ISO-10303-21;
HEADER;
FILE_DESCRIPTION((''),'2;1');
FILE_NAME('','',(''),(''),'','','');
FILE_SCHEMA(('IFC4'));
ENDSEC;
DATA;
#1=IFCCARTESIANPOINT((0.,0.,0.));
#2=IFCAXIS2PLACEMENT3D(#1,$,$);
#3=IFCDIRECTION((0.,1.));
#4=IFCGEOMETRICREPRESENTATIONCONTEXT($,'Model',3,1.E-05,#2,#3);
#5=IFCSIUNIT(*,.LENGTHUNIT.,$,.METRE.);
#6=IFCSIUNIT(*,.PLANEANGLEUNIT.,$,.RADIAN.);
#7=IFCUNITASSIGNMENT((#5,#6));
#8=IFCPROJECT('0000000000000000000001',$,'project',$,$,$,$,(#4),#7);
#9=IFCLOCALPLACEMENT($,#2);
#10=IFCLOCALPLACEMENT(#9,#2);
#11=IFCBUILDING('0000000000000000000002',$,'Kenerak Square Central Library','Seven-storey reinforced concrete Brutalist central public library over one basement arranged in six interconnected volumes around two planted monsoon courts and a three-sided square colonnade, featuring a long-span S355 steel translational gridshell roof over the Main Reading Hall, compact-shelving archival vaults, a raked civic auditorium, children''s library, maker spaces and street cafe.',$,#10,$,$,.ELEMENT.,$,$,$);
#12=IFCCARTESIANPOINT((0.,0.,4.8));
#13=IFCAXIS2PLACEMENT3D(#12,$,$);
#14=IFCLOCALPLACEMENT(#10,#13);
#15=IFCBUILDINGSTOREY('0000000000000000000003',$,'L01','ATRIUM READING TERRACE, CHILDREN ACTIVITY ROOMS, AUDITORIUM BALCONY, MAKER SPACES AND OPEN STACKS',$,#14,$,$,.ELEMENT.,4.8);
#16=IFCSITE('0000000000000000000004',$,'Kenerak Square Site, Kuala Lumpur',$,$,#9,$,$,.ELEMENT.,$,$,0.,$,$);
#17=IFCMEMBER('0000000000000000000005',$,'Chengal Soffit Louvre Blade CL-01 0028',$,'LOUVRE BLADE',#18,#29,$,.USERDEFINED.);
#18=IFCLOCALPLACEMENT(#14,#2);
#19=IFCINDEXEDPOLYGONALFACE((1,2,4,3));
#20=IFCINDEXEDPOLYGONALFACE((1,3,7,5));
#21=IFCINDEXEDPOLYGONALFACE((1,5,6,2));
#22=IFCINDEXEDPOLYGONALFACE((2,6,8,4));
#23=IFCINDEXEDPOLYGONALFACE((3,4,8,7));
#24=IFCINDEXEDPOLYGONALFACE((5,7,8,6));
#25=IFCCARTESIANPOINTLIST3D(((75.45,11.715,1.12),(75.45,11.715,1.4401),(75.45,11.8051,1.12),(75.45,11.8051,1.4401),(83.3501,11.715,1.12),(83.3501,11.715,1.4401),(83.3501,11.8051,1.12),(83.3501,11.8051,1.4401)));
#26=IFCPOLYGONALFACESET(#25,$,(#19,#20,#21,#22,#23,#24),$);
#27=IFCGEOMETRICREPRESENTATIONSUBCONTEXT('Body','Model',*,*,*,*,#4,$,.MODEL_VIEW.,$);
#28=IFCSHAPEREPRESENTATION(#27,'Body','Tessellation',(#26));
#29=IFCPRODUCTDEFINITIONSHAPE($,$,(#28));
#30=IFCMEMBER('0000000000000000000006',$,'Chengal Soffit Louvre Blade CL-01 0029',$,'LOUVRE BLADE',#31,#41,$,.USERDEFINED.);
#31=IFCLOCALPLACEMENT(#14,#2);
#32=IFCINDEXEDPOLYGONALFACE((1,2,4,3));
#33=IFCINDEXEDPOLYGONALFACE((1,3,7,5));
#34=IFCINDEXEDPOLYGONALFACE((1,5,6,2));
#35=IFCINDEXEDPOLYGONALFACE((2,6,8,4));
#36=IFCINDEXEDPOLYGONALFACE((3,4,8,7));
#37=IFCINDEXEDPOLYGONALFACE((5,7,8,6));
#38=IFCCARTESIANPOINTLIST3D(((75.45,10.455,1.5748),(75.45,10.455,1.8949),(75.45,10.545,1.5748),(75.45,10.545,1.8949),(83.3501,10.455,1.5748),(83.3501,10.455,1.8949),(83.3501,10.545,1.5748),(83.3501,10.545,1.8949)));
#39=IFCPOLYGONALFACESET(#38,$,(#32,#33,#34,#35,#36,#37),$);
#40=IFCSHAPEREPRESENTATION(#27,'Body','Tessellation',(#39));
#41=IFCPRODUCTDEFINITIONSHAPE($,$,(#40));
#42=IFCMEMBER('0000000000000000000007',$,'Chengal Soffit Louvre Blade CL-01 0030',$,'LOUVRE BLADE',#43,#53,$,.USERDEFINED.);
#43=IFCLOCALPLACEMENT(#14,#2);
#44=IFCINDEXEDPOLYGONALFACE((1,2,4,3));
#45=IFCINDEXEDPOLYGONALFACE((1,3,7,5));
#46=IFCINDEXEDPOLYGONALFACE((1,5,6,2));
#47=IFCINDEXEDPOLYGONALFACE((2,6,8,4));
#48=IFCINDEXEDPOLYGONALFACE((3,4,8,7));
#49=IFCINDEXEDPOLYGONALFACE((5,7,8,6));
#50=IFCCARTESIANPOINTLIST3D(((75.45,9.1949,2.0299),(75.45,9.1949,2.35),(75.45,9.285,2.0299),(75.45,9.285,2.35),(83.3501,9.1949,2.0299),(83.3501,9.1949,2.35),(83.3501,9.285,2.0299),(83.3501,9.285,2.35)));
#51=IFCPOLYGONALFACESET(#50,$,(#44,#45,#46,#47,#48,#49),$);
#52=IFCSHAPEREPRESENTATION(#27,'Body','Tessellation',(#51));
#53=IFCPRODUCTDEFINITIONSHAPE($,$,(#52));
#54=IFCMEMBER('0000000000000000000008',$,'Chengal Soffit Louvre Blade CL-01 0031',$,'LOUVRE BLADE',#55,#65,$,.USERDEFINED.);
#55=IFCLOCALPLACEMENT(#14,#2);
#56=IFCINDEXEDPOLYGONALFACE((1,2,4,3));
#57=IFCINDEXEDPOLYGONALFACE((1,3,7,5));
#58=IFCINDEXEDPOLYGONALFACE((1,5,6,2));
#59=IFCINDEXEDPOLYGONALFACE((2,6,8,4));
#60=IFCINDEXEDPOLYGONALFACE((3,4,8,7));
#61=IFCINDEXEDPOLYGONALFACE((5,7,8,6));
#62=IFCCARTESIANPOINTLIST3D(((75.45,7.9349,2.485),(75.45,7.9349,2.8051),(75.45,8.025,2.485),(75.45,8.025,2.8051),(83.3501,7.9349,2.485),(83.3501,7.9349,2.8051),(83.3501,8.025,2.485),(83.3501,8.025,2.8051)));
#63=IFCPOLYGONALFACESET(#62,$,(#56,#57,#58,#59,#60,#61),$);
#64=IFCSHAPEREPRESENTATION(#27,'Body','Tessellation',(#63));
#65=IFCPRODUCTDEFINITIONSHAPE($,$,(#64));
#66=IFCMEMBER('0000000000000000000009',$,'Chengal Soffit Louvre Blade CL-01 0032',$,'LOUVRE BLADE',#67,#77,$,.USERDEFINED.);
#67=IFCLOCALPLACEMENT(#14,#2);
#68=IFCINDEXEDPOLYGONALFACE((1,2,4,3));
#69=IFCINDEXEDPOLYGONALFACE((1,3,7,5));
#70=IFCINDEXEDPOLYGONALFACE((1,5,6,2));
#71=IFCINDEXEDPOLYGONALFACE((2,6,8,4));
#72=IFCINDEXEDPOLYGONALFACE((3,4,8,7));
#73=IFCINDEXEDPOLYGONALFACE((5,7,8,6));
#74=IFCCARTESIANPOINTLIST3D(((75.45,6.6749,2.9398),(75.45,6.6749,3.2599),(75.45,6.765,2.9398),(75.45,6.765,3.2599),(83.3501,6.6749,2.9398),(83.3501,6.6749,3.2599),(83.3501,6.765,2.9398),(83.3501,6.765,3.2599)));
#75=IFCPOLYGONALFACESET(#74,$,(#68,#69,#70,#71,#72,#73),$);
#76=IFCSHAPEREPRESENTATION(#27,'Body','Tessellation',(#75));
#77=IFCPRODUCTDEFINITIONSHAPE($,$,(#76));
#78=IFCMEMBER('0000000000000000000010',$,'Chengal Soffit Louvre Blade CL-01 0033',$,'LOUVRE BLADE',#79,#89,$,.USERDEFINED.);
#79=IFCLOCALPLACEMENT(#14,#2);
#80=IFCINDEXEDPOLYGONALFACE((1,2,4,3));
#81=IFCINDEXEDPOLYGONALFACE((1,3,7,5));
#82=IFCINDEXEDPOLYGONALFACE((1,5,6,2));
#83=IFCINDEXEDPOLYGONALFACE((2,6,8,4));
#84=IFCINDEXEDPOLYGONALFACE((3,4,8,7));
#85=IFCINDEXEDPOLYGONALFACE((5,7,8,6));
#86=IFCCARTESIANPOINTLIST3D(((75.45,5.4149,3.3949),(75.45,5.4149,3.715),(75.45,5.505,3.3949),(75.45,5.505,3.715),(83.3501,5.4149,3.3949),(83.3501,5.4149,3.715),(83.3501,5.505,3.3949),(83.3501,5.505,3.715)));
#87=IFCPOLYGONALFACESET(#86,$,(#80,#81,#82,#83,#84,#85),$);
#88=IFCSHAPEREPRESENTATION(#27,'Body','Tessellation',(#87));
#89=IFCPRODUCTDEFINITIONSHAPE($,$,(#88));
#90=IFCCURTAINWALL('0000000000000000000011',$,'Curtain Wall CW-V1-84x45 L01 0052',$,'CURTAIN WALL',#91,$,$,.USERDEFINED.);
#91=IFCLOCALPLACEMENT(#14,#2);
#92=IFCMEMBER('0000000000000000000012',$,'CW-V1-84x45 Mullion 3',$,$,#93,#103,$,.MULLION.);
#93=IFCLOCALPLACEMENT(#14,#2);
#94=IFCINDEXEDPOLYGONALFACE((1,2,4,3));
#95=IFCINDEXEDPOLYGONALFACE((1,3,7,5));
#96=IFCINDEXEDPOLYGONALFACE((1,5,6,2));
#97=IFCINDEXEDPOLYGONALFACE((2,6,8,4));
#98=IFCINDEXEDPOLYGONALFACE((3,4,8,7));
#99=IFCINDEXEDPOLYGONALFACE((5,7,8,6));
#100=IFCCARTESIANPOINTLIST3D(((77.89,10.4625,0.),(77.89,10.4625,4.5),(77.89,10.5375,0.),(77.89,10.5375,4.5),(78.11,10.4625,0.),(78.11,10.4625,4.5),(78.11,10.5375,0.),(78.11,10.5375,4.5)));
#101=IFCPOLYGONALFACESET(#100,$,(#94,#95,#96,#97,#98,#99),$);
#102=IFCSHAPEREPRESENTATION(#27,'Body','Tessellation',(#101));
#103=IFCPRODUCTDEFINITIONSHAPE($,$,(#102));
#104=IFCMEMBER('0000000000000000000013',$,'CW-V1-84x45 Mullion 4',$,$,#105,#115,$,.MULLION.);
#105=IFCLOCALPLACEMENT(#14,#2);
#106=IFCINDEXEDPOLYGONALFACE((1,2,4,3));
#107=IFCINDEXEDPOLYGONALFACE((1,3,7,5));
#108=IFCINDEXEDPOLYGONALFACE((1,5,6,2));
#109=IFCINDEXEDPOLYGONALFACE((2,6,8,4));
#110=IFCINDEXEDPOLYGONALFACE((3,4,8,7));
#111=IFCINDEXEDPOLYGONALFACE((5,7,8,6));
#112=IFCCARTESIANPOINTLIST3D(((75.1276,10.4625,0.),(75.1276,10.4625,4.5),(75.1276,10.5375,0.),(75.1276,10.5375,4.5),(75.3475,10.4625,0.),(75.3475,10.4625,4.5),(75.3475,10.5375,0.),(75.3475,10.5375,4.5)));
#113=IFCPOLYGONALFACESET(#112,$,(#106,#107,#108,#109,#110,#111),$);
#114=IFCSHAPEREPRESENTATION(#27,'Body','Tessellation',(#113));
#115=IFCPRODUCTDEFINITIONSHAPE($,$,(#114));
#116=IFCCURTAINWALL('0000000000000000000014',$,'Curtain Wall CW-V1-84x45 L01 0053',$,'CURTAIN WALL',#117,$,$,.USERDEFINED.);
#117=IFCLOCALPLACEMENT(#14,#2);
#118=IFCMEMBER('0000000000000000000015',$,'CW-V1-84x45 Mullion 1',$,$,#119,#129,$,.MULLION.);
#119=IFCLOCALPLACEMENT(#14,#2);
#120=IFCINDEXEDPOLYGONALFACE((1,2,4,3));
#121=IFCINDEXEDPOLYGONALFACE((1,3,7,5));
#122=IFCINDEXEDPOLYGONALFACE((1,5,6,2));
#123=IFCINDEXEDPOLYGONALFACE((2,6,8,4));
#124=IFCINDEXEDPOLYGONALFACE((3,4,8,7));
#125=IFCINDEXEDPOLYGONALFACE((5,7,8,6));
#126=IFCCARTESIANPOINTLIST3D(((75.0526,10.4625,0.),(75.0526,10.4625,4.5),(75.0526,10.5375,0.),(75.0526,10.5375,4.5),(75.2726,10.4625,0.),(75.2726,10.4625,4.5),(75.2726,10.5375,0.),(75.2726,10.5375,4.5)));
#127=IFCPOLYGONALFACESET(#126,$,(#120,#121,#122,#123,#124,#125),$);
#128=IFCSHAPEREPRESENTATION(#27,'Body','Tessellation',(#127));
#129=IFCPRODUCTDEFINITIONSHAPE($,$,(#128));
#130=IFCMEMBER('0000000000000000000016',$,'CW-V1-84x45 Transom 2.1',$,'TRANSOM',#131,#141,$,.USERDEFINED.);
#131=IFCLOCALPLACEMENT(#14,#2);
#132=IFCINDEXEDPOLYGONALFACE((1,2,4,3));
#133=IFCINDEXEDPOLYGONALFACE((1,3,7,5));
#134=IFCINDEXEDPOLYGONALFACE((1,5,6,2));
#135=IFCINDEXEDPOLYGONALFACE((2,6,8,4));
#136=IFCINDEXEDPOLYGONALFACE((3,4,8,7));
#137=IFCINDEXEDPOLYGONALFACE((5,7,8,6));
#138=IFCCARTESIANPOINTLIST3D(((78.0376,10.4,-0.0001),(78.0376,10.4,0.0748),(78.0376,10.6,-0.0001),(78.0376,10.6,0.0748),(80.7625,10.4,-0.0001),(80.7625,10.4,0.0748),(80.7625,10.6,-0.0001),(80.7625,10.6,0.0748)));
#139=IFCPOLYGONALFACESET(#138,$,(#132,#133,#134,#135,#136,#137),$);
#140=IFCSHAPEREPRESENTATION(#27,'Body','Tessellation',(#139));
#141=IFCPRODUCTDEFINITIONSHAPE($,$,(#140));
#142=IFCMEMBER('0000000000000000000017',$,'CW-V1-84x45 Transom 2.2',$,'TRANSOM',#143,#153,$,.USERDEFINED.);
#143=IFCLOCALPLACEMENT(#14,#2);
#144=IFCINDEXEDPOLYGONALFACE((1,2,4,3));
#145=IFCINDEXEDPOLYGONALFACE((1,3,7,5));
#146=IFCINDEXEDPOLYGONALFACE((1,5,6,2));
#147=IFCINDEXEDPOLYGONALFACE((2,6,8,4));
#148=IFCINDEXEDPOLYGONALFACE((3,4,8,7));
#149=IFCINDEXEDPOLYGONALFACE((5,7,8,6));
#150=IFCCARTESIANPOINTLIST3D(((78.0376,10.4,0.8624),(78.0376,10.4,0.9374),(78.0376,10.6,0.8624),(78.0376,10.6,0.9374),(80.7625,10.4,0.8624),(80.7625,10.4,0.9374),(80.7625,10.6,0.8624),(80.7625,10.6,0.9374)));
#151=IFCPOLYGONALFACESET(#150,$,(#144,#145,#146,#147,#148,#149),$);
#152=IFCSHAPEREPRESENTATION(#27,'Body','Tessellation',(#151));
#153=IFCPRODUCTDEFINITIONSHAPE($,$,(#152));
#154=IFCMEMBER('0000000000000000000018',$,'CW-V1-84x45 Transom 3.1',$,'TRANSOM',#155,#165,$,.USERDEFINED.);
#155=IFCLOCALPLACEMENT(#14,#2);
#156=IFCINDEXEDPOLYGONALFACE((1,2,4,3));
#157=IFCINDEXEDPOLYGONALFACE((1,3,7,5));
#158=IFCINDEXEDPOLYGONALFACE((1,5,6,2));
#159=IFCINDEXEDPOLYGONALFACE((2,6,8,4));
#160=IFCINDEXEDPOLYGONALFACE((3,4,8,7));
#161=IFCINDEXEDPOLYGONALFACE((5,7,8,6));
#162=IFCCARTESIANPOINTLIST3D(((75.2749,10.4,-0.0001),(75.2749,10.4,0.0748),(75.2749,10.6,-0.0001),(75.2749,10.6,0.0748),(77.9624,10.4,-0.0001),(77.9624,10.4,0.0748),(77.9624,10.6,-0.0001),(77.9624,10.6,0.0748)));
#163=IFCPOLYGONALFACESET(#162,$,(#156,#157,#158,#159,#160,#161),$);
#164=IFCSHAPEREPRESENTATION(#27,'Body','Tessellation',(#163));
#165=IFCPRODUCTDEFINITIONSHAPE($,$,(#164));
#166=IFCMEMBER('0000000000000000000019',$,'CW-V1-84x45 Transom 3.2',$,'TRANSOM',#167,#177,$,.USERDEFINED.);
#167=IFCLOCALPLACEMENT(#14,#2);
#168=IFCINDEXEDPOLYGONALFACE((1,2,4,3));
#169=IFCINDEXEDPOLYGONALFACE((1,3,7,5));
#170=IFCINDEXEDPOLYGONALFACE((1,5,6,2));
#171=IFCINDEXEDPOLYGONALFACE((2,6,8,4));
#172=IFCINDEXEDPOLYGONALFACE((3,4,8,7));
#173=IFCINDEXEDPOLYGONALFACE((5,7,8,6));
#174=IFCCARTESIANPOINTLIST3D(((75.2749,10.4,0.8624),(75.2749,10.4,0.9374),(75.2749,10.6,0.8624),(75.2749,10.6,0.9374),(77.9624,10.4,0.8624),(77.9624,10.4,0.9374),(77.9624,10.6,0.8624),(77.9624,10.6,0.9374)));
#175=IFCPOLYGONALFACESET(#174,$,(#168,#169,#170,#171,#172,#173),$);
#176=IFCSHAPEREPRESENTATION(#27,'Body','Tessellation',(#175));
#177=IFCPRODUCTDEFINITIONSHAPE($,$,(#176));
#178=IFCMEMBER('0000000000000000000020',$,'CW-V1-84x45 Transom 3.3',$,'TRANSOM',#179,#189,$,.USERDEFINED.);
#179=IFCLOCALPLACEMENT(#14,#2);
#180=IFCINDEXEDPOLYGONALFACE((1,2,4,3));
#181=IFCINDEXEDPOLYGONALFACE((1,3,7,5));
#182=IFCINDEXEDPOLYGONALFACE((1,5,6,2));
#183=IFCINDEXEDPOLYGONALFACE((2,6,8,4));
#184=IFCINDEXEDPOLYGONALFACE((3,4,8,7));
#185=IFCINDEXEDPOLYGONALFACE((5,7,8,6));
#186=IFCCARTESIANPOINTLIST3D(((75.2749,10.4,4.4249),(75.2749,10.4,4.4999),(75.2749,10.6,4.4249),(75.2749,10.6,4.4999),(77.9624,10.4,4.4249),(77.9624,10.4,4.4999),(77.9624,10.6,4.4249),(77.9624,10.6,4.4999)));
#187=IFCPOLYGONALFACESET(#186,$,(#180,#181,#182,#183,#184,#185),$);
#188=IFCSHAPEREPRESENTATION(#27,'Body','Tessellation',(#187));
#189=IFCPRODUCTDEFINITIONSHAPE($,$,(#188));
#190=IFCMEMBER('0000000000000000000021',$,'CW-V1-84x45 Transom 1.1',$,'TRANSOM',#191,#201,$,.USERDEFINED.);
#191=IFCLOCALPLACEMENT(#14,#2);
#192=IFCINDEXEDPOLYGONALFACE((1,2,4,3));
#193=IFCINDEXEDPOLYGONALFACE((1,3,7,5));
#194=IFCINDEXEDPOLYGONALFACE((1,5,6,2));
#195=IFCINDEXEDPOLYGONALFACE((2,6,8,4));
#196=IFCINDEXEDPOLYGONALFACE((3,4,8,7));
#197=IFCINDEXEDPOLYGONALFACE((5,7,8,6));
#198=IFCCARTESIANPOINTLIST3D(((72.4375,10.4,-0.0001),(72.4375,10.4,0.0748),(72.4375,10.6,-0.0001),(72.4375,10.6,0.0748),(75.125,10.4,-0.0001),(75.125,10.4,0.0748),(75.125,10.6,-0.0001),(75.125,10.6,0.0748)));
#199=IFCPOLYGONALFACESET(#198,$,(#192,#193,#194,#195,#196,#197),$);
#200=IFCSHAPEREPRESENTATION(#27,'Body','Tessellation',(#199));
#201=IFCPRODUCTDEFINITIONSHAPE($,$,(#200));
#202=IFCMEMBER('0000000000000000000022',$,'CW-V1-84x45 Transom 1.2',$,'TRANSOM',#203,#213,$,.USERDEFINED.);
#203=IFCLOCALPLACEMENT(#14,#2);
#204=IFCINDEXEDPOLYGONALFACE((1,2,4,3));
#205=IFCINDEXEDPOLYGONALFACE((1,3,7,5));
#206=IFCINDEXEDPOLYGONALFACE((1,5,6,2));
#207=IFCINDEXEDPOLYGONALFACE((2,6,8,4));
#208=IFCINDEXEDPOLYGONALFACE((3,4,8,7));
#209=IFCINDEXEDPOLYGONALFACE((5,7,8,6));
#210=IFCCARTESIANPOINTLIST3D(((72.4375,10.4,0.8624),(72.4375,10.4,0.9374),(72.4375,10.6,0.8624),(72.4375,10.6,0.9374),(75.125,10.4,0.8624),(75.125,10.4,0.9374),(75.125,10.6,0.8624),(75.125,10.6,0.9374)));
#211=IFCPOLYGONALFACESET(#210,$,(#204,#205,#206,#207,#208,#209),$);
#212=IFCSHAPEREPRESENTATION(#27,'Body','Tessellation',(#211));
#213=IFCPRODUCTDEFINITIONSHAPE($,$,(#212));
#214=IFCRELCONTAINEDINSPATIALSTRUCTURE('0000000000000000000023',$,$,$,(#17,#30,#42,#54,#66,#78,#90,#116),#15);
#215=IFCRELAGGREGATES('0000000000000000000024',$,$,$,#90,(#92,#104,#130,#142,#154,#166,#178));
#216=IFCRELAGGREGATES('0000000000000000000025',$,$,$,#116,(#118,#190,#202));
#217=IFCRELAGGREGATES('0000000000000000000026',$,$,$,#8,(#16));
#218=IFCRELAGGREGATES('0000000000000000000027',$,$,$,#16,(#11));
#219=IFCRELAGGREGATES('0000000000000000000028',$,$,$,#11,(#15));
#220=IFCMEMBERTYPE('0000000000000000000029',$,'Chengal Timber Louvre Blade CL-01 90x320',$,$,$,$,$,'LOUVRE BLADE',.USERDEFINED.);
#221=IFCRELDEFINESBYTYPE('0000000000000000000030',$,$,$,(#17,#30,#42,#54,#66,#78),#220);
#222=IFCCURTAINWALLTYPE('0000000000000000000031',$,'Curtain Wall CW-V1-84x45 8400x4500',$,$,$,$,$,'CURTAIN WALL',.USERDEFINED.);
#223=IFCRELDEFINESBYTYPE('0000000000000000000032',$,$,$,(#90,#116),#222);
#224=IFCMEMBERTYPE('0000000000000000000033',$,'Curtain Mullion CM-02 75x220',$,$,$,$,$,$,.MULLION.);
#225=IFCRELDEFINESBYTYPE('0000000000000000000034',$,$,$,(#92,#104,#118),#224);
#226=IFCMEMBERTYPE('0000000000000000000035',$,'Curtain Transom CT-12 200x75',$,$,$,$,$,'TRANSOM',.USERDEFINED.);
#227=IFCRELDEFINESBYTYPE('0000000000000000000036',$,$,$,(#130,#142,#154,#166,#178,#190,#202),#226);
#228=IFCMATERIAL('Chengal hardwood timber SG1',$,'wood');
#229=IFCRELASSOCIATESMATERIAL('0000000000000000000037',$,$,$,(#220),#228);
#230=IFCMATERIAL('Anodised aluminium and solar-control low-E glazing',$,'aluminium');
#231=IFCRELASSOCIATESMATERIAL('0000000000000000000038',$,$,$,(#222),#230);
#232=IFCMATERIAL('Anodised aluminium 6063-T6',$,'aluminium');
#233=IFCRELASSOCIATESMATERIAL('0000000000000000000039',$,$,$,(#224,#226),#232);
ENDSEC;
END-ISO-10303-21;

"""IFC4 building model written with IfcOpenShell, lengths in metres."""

from ifc_helpers import new_model, si_unit, direction, frame, origin, origin_2d, place, context, subcontext, project, spatial, rectangle, extrude, material, material_profile, profile_set, type_object, element, aggregate, save


model = new_model("IFC4")

# Units and contexts
model_context = context("Model", 3, precision=1e-05, world=origin(), true_north=direction((0.0, 1.0)))
body_context = subcontext(model_context, "Body", "Model", "MODEL_VIEW")
ifc_project = project(units=[si_unit("LENGTHUNIT", "METRE"), si_unit("PLANEANGLEUNIT", "RADIAN")], contexts=[model_context])

# Site, building, storey
site_placement = place(None, origin())
site = spatial("IfcSite", under=ifc_project, at=site_placement, Name="Kenerak Square Site, Kuala Lumpur", CompositionType="ELEMENT", RefElevation=0.0)
building_placement = place(site_placement, origin())
building = spatial("IfcBuilding", under=site, at=building_placement, Name="Kenerak Square Central Library", Description="Seven-storey reinforced concrete Brutalist central public library over one basement arranged in six interconnected volumes around two planted monsoon courts and a three-sided square colonnade, featuring a long-span S355 steel translational gridshell roof over the Main Reading Hall, compact-shelving archival vaults, a raked civic auditorium, children's library, maker spaces and street cafe.", CompositionType="ELEMENT")
storey_placement = place(building_placement, frame((0.0, 0.0, 4.8)))
storey = spatial("IfcBuildingStorey", under=building, at=storey_placement, Name="L01", Description="ATRIUM READING TERRACE, CHILDREN ACTIVITY ROOMS, AUDITORIUM BALCONY, MAKER SPACES AND OPEN STACKS", CompositionType="ELEMENT", Elevation=4.8)

# Members
ifc_material_1 = material(Name="Chengal hardwood timber SG1", Category="wood")
ifc_material_profile_1 = material_profile(ifc_material_1, rectangle(XDim=0.0901, YDim=0.3201, at=origin_2d()), Name="CHENGAL 90x320")
ifc_profile_set_1 = profile_set([ifc_material_profile_1], Name="Chengal hardwood timber SG1")
member_type_1 = type_object("IfcMemberType", Name="Chengal Timber Louvre Blade CL-01 90x320", ElementType="LOUVRE BLADE", PredefinedType="USERDEFINED", material=ifc_profile_set_1)
for number, where, z_axis, x_axis, name in (
    (1, (75.45, 11.76, 1.28), (1.0, 0.0, 0.0), (0.0, 1.0, 0.0), "Chengal Soffit Louvre Blade CL-01 0028"),
    (2, (75.45, 10.5, 1.7349), (1.0, 0.0, 0.0), (0.0, 1.0, 0.0), "Chengal Soffit Louvre Blade CL-01 0029"),
    (3, (75.45, 9.24, 2.1899), (1.0, 0.0, 0.0), (0.0, 1.0, 0.0), "Chengal Soffit Louvre Blade CL-01 0030"),
    (4, (75.45, 7.98, 2.645), (1.0, 0.0, 0.0), (0.0, 1.0, 0.0), "Chengal Soffit Louvre Blade CL-01 0031"),
    (5, (75.45, 6.72, 3.0999), (1.0, 0.0, 0.0), (0.0, 1.0, 0.0), "Chengal Soffit Louvre Blade CL-01 0032"),
    (6, (75.45, 5.46, 3.5549), (1.0, 0.0, 0.0), (0.0, 1.0, 0.0), "Chengal Soffit Louvre Blade CL-01 0033"),
):
    element("IfcMember", number, at=place(storey_placement, frame(where, z_axis=z_axis, x_axis=x_axis)), inside=storey, type_object=member_type_1, Name=name, ObjectType="LOUVRE BLADE", PredefinedType="USERDEFINED", context=body_context, shape_type="SweptSolid", body=[
        extrude(rectangle(XDim=0.0901, YDim=0.3201, at=origin_2d()), origin(), (0.0, 0.0, 1.0), 7.9001),
    ])

# Curtain wall, members
ifc_material_2 = material(Name="Anodised aluminium and solar-control low-E glazing", Category="aluminium")
curtain_wall_type = type_object("IfcCurtainWallType", Name="Curtain Wall CW-V1-84x45 8400x4500", ElementType="CURTAIN WALL", PredefinedType="USERDEFINED", material=ifc_material_2)
curtain_wall_1_placement = place(storey_placement, origin())
curtain_wall_1 = element("IfcCurtainWall", 7, at=curtain_wall_1_placement, inside=storey, type_object=curtain_wall_type, Name="Curtain Wall CW-V1-84x45 L01 0052", ObjectType="CURTAIN WALL", PredefinedType="USERDEFINED")
ifc_material_3 = material(Name="Anodised aluminium 6063-T6", Category="aluminium")
ifc_material_profile_2 = material_profile(ifc_material_3, rectangle(XDim=0.075, YDim=0.22, at=origin_2d()), Name="AL MULLION 75x220")
ifc_profile_set_2 = profile_set([ifc_material_profile_2], Name="Anodised aluminium 6063-T6")
member_type_2 = type_object("IfcMemberType", Name="Curtain Mullion CM-02 75x220", PredefinedType="MULLION", material=ifc_profile_set_2)
member_1_placement = place(storey_placement, frame((78.0, 10.5, 0.0), z_axis=(0.0, 0.0, 1.0), x_axis=(0.0, -1.0, 0.0)))
member_1 = element("IfcMember", 8, at=member_1_placement, type_object=member_type_2, Name="CW-V1-84x45 Mullion 3", PredefinedType="MULLION", context=body_context, shape_type="SweptSolid", body=[
    extrude(rectangle(XDim=0.075, YDim=0.22, at=origin_2d()), origin(), (0.0, 0.0, 1.0), 4.5),
])
member_2_placement = place(storey_placement, frame((75.2375, 10.5, 0.0), z_axis=(0.0, 0.0, 1.0), x_axis=(0.0, -1.0, 0.0)))
member_2 = element("IfcMember", 9, at=member_2_placement, type_object=member_type_2, Name="CW-V1-84x45 Mullion 4", PredefinedType="MULLION", context=body_context, shape_type="SweptSolid", body=[
    extrude(rectangle(XDim=0.075, YDim=0.22, at=origin_2d()), origin(), (0.0, 0.0, 1.0), 4.5),
])

# Curtain wall, member
curtain_wall_2_placement = place(storey_placement, origin())
curtain_wall_2 = element("IfcCurtainWall", 10, at=curtain_wall_2_placement, inside=storey, type_object=curtain_wall_type, Name="Curtain Wall CW-V1-84x45 L01 0053", ObjectType="CURTAIN WALL", PredefinedType="USERDEFINED")
member_3_placement = place(storey_placement, frame((75.1626, 10.5, 0.0), z_axis=(0.0, 0.0, 1.0), x_axis=(0.0, -1.0, 0.0)))
member_3 = element("IfcMember", 11, at=member_3_placement, type_object=member_type_2, Name="CW-V1-84x45 Mullion 1", PredefinedType="MULLION", context=body_context, shape_type="SweptSolid", body=[
    extrude(rectangle(XDim=0.075, YDim=0.22, at=origin_2d()), origin(), (0.0, 0.0, 1.0), 4.5),
])

# Members
ifc_material_profile_3 = material_profile(ifc_material_3, rectangle(XDim=0.2, YDim=0.075, at=origin_2d()), Name="AL TRANSOM 200x75")
ifc_profile_set_3 = profile_set([ifc_material_profile_3], Name="Anodised aluminium 6063-T6")
member_type_3 = type_object("IfcMemberType", Name="Curtain Transom CT-12 200x75", ElementType="TRANSOM", PredefinedType="USERDEFINED", material=ifc_profile_set_3)
member_4_placement = place(storey_placement, frame((80.7625, 10.5, 0.0374), z_axis=(-1.0, 0.0, 0.0), x_axis=(0.0, -1.0, 0.0)))
member_4 = element("IfcMember", 12, at=member_4_placement, type_object=member_type_3, Name="CW-V1-84x45 Transom 2.1", ObjectType="TRANSOM", PredefinedType="USERDEFINED", context=body_context, shape_type="SweptSolid", body=[
    extrude(rectangle(XDim=0.2, YDim=0.075, at=origin_2d()), origin(), (0.0, 0.0, 1.0), 2.7249),
])
member_5_placement = place(storey_placement, frame((80.7625, 10.5, 0.8999), z_axis=(-1.0, 0.0, 0.0), x_axis=(0.0, -1.0, 0.0)))
member_5 = element("IfcMember", 13, at=member_5_placement, type_object=member_type_3, Name="CW-V1-84x45 Transom 2.2", ObjectType="TRANSOM", PredefinedType="USERDEFINED", context=body_context, shape_type="SweptSolid", body=[
    extrude(rectangle(XDim=0.2, YDim=0.075, at=origin_2d()), origin(), (0.0, 0.0, 1.0), 2.7249),
])
member_6_placement = place(storey_placement, frame((77.9624, 10.5, 0.0374), z_axis=(-1.0, 0.0, 0.0), x_axis=(0.0, -1.0, 0.0)))
member_6 = element("IfcMember", 14, at=member_6_placement, type_object=member_type_3, Name="CW-V1-84x45 Transom 3.1", ObjectType="TRANSOM", PredefinedType="USERDEFINED", context=body_context, shape_type="SweptSolid", body=[
    extrude(rectangle(XDim=0.2, YDim=0.075, at=origin_2d()), origin(), (0.0, 0.0, 1.0), 2.6875),
])
member_7_placement = place(storey_placement, frame((77.9624, 10.5, 0.8999), z_axis=(-1.0, 0.0, 0.0), x_axis=(0.0, -1.0, 0.0)))
member_7 = element("IfcMember", 15, at=member_7_placement, type_object=member_type_3, Name="CW-V1-84x45 Transom 3.2", ObjectType="TRANSOM", PredefinedType="USERDEFINED", context=body_context, shape_type="SweptSolid", body=[
    extrude(rectangle(XDim=0.2, YDim=0.075, at=origin_2d()), origin(), (0.0, 0.0, 1.0), 2.6875),
])
member_8_placement = place(storey_placement, frame((77.9624, 10.5, 4.4624), z_axis=(-1.0, 0.0, 0.0), x_axis=(0.0, -1.0, 0.0)))
member_8 = element("IfcMember", 16, at=member_8_placement, type_object=member_type_3, Name="CW-V1-84x45 Transom 3.3", ObjectType="TRANSOM", PredefinedType="USERDEFINED", context=body_context, shape_type="SweptSolid", body=[
    extrude(rectangle(XDim=0.2, YDim=0.075, at=origin_2d()), origin(), (0.0, 0.0, 1.0), 2.6875),
])
member_9_placement = place(storey_placement, frame((75.125, 10.5, 0.0374), z_axis=(-1.0, 0.0, 0.0), x_axis=(0.0, -1.0, 0.0)))
member_9 = element("IfcMember", 17, at=member_9_placement, type_object=member_type_3, Name="CW-V1-84x45 Transom 1.1", ObjectType="TRANSOM", PredefinedType="USERDEFINED", context=body_context, shape_type="SweptSolid", body=[
    extrude(rectangle(XDim=0.2, YDim=0.075, at=origin_2d()), origin(), (0.0, 0.0, 1.0), 2.6875),
])
member_10_placement = place(storey_placement, frame((75.125, 10.5, 0.8999), z_axis=(-1.0, 0.0, 0.0), x_axis=(0.0, -1.0, 0.0)))
member_10 = element("IfcMember", 18, at=member_10_placement, type_object=member_type_3, Name="CW-V1-84x45 Transom 1.2", ObjectType="TRANSOM", PredefinedType="USERDEFINED", context=body_context, shape_type="SweptSolid", body=[
    extrude(rectangle(XDim=0.2, YDim=0.075, at=origin_2d()), origin(), (0.0, 0.0, 1.0), 2.6875),
])

aggregate(curtain_wall_1, [member_1, member_2, member_4, member_5, member_6, member_7, member_8])
aggregate(curtain_wall_2, [member_3, member_9, member_10])

save(model, "model.ifc")
